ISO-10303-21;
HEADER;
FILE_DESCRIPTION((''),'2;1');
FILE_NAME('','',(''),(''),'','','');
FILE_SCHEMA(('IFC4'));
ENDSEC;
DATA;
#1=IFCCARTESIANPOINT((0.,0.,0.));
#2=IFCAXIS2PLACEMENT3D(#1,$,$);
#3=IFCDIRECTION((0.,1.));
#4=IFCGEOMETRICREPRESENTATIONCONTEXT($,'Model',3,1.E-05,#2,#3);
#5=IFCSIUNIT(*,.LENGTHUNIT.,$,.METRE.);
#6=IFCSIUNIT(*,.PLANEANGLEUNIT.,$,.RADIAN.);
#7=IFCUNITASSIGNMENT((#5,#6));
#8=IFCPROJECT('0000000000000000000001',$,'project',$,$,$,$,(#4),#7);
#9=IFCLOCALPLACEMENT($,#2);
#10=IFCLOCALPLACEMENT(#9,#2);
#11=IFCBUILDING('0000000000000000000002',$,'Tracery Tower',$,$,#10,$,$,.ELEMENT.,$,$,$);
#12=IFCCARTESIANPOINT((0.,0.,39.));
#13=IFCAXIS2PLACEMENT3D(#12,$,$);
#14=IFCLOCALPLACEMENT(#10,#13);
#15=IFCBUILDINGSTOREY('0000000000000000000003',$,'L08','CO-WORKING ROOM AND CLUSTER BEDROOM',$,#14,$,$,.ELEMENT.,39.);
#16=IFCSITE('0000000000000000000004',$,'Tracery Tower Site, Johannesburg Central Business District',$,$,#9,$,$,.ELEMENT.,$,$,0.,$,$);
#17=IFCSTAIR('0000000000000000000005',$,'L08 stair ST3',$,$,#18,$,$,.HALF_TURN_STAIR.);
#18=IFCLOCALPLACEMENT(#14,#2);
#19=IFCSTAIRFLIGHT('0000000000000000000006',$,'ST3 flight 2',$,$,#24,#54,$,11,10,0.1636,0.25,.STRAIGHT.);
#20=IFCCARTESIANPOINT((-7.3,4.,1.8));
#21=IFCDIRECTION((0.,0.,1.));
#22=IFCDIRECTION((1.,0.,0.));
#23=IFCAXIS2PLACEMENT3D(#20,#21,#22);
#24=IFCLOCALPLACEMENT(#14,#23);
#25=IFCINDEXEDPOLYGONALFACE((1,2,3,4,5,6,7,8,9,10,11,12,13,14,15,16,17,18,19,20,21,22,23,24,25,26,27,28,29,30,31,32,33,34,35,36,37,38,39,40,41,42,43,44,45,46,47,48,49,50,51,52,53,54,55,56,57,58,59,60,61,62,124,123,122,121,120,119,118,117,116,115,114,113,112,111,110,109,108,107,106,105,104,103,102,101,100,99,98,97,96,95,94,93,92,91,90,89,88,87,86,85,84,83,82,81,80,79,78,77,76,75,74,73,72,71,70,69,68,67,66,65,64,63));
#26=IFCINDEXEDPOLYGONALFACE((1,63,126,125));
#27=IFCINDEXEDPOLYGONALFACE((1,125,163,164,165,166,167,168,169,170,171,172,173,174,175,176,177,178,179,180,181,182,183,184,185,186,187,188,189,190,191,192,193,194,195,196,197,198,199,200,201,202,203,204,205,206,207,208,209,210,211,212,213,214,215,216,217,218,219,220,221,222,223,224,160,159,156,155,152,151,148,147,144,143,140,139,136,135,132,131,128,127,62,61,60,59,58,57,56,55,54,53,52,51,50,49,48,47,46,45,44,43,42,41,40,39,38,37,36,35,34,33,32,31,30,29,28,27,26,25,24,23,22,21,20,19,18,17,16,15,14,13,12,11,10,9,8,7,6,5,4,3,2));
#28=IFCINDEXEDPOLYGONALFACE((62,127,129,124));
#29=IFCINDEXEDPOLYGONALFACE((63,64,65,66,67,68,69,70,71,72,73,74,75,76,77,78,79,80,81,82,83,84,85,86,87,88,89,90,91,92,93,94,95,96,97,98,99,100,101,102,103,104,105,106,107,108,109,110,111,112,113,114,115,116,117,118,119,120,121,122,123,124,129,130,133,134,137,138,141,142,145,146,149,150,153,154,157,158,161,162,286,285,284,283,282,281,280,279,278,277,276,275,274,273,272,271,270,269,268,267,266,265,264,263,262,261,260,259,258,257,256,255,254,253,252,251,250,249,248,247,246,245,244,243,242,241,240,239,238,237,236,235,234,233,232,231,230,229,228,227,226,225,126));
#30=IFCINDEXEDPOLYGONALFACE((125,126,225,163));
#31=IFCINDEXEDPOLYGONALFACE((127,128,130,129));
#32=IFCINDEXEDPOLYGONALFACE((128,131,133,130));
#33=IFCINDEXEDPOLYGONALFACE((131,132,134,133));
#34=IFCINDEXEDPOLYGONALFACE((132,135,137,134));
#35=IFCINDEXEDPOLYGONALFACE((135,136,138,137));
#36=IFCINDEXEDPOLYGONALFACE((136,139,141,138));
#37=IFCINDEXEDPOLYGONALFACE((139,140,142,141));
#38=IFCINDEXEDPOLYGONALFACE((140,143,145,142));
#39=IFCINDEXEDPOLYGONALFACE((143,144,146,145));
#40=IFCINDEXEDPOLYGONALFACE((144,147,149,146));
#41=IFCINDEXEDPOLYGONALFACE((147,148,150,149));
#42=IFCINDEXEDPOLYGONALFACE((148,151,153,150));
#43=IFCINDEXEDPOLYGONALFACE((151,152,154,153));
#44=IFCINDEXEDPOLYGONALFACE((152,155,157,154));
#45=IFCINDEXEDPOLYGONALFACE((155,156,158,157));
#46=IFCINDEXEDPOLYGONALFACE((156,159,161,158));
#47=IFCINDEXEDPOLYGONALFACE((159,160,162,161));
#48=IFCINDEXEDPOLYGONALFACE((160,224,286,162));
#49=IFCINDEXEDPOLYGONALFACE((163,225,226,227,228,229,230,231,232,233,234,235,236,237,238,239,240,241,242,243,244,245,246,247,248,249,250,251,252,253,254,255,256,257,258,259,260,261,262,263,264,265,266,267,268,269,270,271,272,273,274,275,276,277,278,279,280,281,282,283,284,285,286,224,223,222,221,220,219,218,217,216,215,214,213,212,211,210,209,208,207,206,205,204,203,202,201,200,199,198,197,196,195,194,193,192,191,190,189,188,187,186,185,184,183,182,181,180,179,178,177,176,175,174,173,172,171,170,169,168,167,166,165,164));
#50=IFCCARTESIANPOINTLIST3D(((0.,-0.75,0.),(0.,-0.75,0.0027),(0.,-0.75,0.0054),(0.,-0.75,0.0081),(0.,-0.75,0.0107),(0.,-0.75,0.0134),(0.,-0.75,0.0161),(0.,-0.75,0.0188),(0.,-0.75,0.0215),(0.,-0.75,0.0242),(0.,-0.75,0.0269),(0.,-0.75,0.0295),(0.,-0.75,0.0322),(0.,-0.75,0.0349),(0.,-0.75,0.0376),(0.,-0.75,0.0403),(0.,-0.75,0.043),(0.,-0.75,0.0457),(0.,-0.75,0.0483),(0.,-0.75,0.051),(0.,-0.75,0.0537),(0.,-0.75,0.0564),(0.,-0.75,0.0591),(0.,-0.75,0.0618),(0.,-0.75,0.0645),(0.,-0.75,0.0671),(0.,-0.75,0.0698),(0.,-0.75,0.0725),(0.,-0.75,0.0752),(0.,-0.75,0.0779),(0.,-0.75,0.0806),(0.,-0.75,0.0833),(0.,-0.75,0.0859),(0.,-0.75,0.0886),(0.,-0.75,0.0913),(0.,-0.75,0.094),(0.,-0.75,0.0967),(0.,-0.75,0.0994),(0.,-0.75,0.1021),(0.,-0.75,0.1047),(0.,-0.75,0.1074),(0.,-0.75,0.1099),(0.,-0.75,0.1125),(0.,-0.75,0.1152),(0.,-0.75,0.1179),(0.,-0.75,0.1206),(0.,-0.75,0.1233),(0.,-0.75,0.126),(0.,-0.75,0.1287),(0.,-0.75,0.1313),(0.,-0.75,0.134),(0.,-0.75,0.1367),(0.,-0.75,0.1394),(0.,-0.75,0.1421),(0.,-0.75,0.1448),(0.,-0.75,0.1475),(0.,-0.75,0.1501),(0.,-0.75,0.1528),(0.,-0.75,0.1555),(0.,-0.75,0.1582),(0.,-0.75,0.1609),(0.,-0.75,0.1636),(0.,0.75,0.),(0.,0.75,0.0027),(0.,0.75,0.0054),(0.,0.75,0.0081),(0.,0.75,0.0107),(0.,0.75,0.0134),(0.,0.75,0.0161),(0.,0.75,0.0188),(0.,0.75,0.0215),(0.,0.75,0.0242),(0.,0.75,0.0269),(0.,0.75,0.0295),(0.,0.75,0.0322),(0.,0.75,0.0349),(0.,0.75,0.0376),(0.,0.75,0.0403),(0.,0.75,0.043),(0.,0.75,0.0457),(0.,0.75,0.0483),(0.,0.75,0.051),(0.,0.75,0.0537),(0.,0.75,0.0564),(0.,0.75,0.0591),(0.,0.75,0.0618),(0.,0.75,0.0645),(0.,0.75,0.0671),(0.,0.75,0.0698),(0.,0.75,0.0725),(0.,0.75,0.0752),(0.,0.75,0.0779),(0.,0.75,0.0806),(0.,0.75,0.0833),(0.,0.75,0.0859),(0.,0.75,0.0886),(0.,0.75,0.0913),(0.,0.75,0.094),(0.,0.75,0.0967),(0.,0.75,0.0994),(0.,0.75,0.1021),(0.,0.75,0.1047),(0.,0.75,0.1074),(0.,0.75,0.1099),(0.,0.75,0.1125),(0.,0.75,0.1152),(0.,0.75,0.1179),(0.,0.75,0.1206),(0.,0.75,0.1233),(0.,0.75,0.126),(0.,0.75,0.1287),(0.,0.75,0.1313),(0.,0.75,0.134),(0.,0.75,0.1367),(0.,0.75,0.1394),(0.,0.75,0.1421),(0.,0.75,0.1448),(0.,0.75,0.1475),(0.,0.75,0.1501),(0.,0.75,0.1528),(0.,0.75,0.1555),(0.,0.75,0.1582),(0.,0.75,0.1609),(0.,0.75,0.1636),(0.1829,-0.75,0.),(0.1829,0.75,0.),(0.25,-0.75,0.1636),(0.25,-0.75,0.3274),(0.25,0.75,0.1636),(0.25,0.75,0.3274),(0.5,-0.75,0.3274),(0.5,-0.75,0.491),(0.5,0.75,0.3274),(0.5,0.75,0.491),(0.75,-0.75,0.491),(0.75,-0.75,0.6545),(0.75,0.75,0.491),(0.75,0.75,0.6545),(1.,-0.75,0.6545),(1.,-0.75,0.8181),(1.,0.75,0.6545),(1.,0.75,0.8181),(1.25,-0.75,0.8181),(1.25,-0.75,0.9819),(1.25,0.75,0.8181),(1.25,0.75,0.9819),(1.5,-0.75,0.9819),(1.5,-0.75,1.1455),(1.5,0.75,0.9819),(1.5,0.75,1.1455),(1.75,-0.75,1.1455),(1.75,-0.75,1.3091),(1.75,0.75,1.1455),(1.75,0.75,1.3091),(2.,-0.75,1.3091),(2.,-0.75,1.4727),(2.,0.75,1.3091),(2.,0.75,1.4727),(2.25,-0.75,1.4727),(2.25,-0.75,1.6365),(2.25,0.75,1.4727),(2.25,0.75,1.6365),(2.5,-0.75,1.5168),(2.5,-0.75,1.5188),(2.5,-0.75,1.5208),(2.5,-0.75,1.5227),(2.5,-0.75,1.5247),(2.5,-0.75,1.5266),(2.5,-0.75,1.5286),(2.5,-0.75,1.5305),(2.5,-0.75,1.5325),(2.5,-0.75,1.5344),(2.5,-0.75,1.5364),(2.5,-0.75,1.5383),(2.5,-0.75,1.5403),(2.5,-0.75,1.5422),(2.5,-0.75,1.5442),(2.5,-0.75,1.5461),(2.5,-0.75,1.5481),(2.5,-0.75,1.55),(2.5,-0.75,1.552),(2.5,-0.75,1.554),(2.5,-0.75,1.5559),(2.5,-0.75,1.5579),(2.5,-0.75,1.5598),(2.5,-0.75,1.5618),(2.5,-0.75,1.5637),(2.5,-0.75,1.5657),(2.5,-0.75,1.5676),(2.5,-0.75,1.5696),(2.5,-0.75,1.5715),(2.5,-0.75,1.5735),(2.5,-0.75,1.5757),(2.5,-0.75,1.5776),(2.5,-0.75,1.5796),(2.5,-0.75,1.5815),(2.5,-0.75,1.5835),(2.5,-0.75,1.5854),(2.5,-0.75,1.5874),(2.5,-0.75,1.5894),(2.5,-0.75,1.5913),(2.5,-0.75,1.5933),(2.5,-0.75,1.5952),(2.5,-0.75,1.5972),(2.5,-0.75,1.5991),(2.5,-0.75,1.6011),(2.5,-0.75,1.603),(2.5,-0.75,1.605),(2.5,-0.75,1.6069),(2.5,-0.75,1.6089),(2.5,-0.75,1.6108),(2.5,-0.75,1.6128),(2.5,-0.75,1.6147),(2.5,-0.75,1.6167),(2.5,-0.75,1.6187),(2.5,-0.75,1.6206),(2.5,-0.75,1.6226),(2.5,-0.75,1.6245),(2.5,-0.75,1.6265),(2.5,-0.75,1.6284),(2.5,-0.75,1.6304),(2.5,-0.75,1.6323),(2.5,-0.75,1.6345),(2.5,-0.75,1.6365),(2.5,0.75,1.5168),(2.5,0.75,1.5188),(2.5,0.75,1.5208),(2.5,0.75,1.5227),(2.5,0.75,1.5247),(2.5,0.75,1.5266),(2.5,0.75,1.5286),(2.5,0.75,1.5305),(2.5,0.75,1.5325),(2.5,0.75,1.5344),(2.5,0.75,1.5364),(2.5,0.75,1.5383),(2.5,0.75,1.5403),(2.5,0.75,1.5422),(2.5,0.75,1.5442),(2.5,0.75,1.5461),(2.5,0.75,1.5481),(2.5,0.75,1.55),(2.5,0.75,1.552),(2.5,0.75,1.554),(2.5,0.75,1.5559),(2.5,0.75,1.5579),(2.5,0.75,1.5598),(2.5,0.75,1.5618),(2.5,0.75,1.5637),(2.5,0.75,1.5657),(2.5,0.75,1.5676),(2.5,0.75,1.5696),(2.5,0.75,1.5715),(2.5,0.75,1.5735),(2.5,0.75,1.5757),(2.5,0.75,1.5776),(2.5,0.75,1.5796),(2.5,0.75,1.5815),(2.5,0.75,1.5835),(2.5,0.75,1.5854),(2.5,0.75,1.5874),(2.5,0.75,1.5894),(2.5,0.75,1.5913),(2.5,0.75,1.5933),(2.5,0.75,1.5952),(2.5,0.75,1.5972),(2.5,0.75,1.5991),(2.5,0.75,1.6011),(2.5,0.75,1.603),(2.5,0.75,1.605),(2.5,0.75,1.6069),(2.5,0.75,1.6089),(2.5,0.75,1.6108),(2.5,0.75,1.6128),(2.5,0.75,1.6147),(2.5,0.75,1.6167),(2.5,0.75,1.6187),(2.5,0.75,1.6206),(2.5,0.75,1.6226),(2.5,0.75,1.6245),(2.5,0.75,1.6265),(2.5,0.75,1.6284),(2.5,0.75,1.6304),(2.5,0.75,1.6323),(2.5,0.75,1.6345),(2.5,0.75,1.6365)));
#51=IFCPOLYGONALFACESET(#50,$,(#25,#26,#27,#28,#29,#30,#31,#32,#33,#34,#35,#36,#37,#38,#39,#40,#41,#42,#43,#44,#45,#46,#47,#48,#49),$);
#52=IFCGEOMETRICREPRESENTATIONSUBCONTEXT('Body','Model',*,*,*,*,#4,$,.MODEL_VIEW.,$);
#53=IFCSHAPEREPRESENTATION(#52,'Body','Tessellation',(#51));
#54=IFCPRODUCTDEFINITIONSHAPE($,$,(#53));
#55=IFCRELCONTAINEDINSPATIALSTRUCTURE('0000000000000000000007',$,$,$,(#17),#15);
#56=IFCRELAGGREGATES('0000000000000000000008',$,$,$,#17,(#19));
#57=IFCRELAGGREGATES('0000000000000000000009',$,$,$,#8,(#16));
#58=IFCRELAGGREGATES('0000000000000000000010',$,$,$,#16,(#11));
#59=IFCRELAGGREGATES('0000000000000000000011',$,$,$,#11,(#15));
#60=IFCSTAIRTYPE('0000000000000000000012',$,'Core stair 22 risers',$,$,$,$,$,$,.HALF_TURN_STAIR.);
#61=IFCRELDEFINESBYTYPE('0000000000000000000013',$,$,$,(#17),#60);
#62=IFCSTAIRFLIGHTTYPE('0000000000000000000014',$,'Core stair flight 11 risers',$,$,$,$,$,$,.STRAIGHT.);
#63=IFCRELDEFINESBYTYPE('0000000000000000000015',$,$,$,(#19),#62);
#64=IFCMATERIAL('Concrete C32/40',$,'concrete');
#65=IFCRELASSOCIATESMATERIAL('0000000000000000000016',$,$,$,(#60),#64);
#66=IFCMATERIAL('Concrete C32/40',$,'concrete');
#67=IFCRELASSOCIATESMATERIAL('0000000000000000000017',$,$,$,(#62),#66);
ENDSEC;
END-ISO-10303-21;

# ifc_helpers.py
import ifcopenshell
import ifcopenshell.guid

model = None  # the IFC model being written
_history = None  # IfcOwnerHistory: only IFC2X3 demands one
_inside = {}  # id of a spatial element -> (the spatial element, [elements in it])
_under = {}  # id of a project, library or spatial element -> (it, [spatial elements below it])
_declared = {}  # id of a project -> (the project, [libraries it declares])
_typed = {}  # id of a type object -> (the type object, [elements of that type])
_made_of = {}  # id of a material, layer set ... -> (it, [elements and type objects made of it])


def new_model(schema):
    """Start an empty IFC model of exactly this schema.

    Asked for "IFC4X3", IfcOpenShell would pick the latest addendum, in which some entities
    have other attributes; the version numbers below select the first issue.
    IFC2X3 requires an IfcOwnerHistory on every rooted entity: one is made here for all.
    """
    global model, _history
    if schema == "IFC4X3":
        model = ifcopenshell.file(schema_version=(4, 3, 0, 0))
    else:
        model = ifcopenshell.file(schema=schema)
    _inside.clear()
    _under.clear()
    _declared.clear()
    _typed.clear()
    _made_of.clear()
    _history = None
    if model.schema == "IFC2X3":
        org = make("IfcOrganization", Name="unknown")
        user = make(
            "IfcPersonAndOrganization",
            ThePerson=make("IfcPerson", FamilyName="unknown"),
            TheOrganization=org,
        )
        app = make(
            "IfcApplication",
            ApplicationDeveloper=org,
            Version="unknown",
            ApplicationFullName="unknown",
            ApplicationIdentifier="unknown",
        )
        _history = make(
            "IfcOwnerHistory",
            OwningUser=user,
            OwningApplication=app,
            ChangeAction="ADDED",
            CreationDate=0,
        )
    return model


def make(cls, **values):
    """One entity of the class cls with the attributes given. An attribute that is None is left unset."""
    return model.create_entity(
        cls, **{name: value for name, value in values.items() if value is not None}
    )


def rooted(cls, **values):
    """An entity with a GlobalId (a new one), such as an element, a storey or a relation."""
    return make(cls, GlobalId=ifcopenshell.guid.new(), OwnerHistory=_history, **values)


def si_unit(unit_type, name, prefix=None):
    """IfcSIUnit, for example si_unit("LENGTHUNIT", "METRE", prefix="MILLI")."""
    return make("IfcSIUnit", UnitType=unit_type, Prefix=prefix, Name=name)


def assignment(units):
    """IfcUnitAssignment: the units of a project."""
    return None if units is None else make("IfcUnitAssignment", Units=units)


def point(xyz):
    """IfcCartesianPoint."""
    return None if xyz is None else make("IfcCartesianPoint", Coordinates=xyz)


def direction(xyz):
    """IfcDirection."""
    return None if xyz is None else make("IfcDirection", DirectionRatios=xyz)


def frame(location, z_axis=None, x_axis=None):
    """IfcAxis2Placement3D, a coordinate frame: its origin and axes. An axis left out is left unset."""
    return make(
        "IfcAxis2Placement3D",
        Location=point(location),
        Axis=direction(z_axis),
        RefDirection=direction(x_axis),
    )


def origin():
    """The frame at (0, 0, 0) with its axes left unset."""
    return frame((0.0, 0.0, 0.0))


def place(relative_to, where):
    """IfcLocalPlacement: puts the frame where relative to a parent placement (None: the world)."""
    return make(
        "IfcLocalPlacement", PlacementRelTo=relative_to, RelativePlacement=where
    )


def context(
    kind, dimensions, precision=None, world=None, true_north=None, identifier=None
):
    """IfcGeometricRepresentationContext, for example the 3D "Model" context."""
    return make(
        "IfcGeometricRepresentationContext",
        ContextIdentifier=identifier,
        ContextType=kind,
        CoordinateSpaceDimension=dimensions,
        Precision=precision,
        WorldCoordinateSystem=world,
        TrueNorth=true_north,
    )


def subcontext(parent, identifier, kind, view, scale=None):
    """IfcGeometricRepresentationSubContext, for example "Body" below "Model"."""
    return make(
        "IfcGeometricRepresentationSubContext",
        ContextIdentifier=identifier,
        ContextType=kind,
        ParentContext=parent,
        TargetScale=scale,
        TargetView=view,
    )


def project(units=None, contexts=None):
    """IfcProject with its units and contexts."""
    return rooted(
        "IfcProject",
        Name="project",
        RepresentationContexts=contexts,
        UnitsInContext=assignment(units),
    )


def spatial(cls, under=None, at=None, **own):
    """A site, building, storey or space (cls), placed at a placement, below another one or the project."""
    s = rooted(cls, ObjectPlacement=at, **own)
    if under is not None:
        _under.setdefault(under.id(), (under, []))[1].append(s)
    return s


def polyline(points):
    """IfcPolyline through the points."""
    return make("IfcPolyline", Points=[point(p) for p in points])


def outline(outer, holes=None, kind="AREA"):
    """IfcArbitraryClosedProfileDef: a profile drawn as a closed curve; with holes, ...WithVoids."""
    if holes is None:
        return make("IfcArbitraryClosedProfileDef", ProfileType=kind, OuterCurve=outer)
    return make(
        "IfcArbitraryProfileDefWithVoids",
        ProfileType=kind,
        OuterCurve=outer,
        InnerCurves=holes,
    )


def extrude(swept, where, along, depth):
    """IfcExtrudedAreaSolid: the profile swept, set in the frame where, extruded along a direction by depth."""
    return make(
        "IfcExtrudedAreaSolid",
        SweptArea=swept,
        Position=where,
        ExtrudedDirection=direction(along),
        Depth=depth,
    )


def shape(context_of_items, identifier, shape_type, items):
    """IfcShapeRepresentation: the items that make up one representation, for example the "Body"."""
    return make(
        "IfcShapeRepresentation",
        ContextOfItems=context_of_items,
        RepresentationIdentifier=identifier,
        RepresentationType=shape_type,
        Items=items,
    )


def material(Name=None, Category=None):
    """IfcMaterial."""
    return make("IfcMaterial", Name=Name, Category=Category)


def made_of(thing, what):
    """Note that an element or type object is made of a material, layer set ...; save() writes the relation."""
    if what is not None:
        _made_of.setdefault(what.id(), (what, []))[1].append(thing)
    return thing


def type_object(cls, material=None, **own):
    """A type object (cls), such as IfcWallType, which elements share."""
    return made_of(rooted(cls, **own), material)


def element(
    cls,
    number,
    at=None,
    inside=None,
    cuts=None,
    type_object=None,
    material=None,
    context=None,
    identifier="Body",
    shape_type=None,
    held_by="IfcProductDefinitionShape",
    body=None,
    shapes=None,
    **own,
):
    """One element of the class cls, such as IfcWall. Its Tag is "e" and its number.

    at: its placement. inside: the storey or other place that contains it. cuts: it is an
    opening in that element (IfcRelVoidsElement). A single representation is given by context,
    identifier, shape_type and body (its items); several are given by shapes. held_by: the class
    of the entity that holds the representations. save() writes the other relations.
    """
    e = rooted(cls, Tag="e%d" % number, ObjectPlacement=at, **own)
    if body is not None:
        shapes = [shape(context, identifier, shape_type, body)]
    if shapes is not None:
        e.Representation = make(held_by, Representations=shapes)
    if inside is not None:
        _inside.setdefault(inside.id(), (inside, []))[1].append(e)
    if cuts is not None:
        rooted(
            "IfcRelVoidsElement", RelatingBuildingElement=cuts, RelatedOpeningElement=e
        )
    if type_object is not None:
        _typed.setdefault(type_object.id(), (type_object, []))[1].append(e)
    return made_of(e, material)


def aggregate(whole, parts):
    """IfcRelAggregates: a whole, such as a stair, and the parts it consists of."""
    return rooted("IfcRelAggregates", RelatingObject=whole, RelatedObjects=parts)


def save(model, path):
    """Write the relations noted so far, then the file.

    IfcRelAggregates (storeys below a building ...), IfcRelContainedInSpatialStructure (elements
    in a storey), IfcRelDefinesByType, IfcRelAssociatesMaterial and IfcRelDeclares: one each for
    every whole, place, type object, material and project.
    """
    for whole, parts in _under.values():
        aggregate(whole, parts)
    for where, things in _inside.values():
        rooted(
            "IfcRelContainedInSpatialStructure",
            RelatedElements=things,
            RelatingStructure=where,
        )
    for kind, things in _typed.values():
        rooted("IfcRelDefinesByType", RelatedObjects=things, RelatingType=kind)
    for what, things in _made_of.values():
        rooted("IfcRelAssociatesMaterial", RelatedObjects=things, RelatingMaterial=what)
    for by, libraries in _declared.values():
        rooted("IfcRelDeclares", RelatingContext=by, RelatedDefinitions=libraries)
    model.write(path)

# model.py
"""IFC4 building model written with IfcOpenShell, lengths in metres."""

from ifc_helpers import new_model, si_unit, direction, frame, origin, place, context, subcontext, project, spatial, polyline, outline, extrude, material, type_object, element, aggregate, save


model = new_model("IFC4")

# Units and contexts
model_context = context("Model", 3, precision=1e-05, world=origin(), true_north=direction((0.0, 1.0)))
body_context = subcontext(model_context, "Body", "Model", "MODEL_VIEW")
ifc_project = project(units=[si_unit("LENGTHUNIT", "METRE"), si_unit("PLANEANGLEUNIT", "RADIAN")], contexts=[model_context])

# Site, building, storey
site_placement = place(None, origin())
site = spatial("IfcSite", under=ifc_project, at=site_placement, Name="Tracery Tower Site, Johannesburg Central Business District", CompositionType="ELEMENT", RefElevation=0.0)
building_placement = place(site_placement, origin())
building = spatial("IfcBuilding", under=site, at=building_placement, Name="Tracery Tower", CompositionType="ELEMENT")
storey_placement = place(building_placement, frame((0.0, 0.0, 39.0)))
storey = spatial("IfcBuildingStorey", under=building, at=storey_placement, Name="L08", Description="CO-WORKING ROOM AND CLUSTER BEDROOM", CompositionType="ELEMENT", Elevation=39.0)

# Stair, stair flight
ifc_material_1 = material(Name="Concrete C32/40", Category="concrete")
stair_type = type_object("IfcStairType", Name="Core stair 22 risers", PredefinedType="HALF_TURN_STAIR", material=ifc_material_1)
stair_placement = place(storey_placement, origin())
stair = element("IfcStair", 1, at=stair_placement, inside=storey, type_object=stair_type, Name="L08 stair ST3", PredefinedType="HALF_TURN_STAIR")
ifc_material_2 = material(Name="Concrete C32/40", Category="concrete")
stair_flight_type = type_object("IfcStairFlightType", Name="Core stair flight 11 risers", PredefinedType="STRAIGHT", material=ifc_material_2)
stair_flight_1_placement = place(storey_placement, frame((-7.3, 4.0, 1.8), z_axis=(0.0, 0.0, 1.0), x_axis=(1.0, 0.0, 0.0)))
stair_flight_1 = element("IfcStairFlight", 2, at=stair_flight_1_placement, type_object=stair_flight_type, Name="ST3 flight 2", NumberOfRisers=11, NumberOfTreads=10, PredefinedType="STRAIGHT", RiserHeight=0.1636, TreadLength=0.25, context=body_context, shape_type="SweptSolid", body=[
    extrude(outline(polyline([(0.0, 0.0), (0.0, 0.0027), (0.0, 0.0054), (0.0, 0.0081), (0.0, 0.0107), (0.0, 0.0134), (0.0, 0.0161), (0.0, 0.0188), (0.0, 0.0215), (0.0, 0.0242), (0.0, 0.0269), (0.0, 0.0295), (0.0, 0.0322), (0.0, 0.0349), (0.0, 0.0376), (0.0, 0.0403), (0.0, 0.043), (0.0, 0.0457), (0.0, 0.0483), (0.0, 0.051), (0.0, 0.0537), (0.0, 0.0564), (0.0, 0.0591), (0.0, 0.0618), (0.0, 0.0645), (0.0, 0.0671), (0.0, 0.0698), (0.0, 0.0725), (0.0, 0.0752), (0.0, 0.0779), (0.0, 0.0806), (0.0, 0.0833), (0.0, 0.0859), (0.0, 0.0886), (0.0, 0.0913), (0.0, 0.094), (0.0, 0.0967), (0.0, 0.0994), (0.0, 0.1021), (0.0, 0.1047), (0.0, 0.1074), (0.0, 0.1099), (0.0, 0.1125), (0.0, 0.1152), (0.0, 0.1179), (0.0, 0.1206), (0.0, 0.1233), (0.0, 0.126), (0.0, 0.1287), (0.0, 0.1313), (0.0, 0.134), (0.0, 0.1367), (0.0, 0.1394), (0.0, 0.1421), (0.0, 0.1448), (0.0, 0.1475), (0.0, 0.1501), (0.0, 0.1528), (0.0, 0.1555), (0.0, 0.1582), (0.0, 0.1609), (0.0, 0.1636), (0.25, 0.1636), (0.25, 0.3274), (0.5, 0.3274), (0.5, 0.491), (0.75, 0.491), (0.75, 0.6545), (1.0, 0.6545), (1.0, 0.8181), (1.25, 0.8181), (1.25, 0.9819), (1.5, 0.9819), (1.5, 1.1455), (1.75, 1.1455), (1.75, 1.3091), (2.0, 1.3091), (2.0, 1.4727), (2.25, 1.4727), (2.25, 1.6365), (2.5, 1.6365), (2.5, 1.6345), (2.5, 1.6323), (2.5, 1.6304), (2.5, 1.6284), (2.5, 1.6265), (2.5, 1.6245), (2.5, 1.6226), (2.5, 1.6206), (2.5, 1.6187), (2.5, 1.6167), (2.5, 1.6147), (2.5, 1.6128), (2.5, 1.6108), (2.5, 1.6089), (2.5, 1.6069), (2.5, 1.605), (2.5, 1.603), (2.5, 1.6011), (2.5, 1.5991), (2.5, 1.5972), (2.5, 1.5952), (2.5, 1.5933), (2.5, 1.5913), (2.5, 1.5894), (2.5, 1.5874), (2.5, 1.5854), (2.5, 1.5835), (2.5, 1.5815), (2.5, 1.5796), (2.5, 1.5776), (2.5, 1.5757), (2.5, 1.5735), (2.5, 1.5715), (2.5, 1.5696), (2.5, 1.5676), (2.5, 1.5657), (2.5, 1.5637), (2.5, 1.5618), (2.5, 1.5598), (2.5, 1.5579), (2.5, 1.5559), (2.5, 1.554), (2.5, 1.552), (2.5, 1.55), (2.5, 1.5481), (2.5, 1.5461), (2.5, 1.5442), (2.5, 1.5422), (2.5, 1.5403), (2.5, 1.5383), (2.5, 1.5364), (2.5, 1.5344), (2.5, 1.5325), (2.5, 1.5305), (2.5, 1.5286), (2.5, 1.5266), (2.5, 1.5247), (2.5, 1.5227), (2.5, 1.5208), (2.5, 1.5188), (2.5, 1.5168), (0.1829, 0.0), (0.0, 0.0)])), frame((0.0, 0.75, 0.0), z_axis=(0.0, -1.0, 0.0), x_axis=(1.0, 0.0, 0.0)), (0.0, 0.0, 1.0), 1.5),
])
aggregate(stair, [stair_flight_1])

save(model, "model.ifc")
